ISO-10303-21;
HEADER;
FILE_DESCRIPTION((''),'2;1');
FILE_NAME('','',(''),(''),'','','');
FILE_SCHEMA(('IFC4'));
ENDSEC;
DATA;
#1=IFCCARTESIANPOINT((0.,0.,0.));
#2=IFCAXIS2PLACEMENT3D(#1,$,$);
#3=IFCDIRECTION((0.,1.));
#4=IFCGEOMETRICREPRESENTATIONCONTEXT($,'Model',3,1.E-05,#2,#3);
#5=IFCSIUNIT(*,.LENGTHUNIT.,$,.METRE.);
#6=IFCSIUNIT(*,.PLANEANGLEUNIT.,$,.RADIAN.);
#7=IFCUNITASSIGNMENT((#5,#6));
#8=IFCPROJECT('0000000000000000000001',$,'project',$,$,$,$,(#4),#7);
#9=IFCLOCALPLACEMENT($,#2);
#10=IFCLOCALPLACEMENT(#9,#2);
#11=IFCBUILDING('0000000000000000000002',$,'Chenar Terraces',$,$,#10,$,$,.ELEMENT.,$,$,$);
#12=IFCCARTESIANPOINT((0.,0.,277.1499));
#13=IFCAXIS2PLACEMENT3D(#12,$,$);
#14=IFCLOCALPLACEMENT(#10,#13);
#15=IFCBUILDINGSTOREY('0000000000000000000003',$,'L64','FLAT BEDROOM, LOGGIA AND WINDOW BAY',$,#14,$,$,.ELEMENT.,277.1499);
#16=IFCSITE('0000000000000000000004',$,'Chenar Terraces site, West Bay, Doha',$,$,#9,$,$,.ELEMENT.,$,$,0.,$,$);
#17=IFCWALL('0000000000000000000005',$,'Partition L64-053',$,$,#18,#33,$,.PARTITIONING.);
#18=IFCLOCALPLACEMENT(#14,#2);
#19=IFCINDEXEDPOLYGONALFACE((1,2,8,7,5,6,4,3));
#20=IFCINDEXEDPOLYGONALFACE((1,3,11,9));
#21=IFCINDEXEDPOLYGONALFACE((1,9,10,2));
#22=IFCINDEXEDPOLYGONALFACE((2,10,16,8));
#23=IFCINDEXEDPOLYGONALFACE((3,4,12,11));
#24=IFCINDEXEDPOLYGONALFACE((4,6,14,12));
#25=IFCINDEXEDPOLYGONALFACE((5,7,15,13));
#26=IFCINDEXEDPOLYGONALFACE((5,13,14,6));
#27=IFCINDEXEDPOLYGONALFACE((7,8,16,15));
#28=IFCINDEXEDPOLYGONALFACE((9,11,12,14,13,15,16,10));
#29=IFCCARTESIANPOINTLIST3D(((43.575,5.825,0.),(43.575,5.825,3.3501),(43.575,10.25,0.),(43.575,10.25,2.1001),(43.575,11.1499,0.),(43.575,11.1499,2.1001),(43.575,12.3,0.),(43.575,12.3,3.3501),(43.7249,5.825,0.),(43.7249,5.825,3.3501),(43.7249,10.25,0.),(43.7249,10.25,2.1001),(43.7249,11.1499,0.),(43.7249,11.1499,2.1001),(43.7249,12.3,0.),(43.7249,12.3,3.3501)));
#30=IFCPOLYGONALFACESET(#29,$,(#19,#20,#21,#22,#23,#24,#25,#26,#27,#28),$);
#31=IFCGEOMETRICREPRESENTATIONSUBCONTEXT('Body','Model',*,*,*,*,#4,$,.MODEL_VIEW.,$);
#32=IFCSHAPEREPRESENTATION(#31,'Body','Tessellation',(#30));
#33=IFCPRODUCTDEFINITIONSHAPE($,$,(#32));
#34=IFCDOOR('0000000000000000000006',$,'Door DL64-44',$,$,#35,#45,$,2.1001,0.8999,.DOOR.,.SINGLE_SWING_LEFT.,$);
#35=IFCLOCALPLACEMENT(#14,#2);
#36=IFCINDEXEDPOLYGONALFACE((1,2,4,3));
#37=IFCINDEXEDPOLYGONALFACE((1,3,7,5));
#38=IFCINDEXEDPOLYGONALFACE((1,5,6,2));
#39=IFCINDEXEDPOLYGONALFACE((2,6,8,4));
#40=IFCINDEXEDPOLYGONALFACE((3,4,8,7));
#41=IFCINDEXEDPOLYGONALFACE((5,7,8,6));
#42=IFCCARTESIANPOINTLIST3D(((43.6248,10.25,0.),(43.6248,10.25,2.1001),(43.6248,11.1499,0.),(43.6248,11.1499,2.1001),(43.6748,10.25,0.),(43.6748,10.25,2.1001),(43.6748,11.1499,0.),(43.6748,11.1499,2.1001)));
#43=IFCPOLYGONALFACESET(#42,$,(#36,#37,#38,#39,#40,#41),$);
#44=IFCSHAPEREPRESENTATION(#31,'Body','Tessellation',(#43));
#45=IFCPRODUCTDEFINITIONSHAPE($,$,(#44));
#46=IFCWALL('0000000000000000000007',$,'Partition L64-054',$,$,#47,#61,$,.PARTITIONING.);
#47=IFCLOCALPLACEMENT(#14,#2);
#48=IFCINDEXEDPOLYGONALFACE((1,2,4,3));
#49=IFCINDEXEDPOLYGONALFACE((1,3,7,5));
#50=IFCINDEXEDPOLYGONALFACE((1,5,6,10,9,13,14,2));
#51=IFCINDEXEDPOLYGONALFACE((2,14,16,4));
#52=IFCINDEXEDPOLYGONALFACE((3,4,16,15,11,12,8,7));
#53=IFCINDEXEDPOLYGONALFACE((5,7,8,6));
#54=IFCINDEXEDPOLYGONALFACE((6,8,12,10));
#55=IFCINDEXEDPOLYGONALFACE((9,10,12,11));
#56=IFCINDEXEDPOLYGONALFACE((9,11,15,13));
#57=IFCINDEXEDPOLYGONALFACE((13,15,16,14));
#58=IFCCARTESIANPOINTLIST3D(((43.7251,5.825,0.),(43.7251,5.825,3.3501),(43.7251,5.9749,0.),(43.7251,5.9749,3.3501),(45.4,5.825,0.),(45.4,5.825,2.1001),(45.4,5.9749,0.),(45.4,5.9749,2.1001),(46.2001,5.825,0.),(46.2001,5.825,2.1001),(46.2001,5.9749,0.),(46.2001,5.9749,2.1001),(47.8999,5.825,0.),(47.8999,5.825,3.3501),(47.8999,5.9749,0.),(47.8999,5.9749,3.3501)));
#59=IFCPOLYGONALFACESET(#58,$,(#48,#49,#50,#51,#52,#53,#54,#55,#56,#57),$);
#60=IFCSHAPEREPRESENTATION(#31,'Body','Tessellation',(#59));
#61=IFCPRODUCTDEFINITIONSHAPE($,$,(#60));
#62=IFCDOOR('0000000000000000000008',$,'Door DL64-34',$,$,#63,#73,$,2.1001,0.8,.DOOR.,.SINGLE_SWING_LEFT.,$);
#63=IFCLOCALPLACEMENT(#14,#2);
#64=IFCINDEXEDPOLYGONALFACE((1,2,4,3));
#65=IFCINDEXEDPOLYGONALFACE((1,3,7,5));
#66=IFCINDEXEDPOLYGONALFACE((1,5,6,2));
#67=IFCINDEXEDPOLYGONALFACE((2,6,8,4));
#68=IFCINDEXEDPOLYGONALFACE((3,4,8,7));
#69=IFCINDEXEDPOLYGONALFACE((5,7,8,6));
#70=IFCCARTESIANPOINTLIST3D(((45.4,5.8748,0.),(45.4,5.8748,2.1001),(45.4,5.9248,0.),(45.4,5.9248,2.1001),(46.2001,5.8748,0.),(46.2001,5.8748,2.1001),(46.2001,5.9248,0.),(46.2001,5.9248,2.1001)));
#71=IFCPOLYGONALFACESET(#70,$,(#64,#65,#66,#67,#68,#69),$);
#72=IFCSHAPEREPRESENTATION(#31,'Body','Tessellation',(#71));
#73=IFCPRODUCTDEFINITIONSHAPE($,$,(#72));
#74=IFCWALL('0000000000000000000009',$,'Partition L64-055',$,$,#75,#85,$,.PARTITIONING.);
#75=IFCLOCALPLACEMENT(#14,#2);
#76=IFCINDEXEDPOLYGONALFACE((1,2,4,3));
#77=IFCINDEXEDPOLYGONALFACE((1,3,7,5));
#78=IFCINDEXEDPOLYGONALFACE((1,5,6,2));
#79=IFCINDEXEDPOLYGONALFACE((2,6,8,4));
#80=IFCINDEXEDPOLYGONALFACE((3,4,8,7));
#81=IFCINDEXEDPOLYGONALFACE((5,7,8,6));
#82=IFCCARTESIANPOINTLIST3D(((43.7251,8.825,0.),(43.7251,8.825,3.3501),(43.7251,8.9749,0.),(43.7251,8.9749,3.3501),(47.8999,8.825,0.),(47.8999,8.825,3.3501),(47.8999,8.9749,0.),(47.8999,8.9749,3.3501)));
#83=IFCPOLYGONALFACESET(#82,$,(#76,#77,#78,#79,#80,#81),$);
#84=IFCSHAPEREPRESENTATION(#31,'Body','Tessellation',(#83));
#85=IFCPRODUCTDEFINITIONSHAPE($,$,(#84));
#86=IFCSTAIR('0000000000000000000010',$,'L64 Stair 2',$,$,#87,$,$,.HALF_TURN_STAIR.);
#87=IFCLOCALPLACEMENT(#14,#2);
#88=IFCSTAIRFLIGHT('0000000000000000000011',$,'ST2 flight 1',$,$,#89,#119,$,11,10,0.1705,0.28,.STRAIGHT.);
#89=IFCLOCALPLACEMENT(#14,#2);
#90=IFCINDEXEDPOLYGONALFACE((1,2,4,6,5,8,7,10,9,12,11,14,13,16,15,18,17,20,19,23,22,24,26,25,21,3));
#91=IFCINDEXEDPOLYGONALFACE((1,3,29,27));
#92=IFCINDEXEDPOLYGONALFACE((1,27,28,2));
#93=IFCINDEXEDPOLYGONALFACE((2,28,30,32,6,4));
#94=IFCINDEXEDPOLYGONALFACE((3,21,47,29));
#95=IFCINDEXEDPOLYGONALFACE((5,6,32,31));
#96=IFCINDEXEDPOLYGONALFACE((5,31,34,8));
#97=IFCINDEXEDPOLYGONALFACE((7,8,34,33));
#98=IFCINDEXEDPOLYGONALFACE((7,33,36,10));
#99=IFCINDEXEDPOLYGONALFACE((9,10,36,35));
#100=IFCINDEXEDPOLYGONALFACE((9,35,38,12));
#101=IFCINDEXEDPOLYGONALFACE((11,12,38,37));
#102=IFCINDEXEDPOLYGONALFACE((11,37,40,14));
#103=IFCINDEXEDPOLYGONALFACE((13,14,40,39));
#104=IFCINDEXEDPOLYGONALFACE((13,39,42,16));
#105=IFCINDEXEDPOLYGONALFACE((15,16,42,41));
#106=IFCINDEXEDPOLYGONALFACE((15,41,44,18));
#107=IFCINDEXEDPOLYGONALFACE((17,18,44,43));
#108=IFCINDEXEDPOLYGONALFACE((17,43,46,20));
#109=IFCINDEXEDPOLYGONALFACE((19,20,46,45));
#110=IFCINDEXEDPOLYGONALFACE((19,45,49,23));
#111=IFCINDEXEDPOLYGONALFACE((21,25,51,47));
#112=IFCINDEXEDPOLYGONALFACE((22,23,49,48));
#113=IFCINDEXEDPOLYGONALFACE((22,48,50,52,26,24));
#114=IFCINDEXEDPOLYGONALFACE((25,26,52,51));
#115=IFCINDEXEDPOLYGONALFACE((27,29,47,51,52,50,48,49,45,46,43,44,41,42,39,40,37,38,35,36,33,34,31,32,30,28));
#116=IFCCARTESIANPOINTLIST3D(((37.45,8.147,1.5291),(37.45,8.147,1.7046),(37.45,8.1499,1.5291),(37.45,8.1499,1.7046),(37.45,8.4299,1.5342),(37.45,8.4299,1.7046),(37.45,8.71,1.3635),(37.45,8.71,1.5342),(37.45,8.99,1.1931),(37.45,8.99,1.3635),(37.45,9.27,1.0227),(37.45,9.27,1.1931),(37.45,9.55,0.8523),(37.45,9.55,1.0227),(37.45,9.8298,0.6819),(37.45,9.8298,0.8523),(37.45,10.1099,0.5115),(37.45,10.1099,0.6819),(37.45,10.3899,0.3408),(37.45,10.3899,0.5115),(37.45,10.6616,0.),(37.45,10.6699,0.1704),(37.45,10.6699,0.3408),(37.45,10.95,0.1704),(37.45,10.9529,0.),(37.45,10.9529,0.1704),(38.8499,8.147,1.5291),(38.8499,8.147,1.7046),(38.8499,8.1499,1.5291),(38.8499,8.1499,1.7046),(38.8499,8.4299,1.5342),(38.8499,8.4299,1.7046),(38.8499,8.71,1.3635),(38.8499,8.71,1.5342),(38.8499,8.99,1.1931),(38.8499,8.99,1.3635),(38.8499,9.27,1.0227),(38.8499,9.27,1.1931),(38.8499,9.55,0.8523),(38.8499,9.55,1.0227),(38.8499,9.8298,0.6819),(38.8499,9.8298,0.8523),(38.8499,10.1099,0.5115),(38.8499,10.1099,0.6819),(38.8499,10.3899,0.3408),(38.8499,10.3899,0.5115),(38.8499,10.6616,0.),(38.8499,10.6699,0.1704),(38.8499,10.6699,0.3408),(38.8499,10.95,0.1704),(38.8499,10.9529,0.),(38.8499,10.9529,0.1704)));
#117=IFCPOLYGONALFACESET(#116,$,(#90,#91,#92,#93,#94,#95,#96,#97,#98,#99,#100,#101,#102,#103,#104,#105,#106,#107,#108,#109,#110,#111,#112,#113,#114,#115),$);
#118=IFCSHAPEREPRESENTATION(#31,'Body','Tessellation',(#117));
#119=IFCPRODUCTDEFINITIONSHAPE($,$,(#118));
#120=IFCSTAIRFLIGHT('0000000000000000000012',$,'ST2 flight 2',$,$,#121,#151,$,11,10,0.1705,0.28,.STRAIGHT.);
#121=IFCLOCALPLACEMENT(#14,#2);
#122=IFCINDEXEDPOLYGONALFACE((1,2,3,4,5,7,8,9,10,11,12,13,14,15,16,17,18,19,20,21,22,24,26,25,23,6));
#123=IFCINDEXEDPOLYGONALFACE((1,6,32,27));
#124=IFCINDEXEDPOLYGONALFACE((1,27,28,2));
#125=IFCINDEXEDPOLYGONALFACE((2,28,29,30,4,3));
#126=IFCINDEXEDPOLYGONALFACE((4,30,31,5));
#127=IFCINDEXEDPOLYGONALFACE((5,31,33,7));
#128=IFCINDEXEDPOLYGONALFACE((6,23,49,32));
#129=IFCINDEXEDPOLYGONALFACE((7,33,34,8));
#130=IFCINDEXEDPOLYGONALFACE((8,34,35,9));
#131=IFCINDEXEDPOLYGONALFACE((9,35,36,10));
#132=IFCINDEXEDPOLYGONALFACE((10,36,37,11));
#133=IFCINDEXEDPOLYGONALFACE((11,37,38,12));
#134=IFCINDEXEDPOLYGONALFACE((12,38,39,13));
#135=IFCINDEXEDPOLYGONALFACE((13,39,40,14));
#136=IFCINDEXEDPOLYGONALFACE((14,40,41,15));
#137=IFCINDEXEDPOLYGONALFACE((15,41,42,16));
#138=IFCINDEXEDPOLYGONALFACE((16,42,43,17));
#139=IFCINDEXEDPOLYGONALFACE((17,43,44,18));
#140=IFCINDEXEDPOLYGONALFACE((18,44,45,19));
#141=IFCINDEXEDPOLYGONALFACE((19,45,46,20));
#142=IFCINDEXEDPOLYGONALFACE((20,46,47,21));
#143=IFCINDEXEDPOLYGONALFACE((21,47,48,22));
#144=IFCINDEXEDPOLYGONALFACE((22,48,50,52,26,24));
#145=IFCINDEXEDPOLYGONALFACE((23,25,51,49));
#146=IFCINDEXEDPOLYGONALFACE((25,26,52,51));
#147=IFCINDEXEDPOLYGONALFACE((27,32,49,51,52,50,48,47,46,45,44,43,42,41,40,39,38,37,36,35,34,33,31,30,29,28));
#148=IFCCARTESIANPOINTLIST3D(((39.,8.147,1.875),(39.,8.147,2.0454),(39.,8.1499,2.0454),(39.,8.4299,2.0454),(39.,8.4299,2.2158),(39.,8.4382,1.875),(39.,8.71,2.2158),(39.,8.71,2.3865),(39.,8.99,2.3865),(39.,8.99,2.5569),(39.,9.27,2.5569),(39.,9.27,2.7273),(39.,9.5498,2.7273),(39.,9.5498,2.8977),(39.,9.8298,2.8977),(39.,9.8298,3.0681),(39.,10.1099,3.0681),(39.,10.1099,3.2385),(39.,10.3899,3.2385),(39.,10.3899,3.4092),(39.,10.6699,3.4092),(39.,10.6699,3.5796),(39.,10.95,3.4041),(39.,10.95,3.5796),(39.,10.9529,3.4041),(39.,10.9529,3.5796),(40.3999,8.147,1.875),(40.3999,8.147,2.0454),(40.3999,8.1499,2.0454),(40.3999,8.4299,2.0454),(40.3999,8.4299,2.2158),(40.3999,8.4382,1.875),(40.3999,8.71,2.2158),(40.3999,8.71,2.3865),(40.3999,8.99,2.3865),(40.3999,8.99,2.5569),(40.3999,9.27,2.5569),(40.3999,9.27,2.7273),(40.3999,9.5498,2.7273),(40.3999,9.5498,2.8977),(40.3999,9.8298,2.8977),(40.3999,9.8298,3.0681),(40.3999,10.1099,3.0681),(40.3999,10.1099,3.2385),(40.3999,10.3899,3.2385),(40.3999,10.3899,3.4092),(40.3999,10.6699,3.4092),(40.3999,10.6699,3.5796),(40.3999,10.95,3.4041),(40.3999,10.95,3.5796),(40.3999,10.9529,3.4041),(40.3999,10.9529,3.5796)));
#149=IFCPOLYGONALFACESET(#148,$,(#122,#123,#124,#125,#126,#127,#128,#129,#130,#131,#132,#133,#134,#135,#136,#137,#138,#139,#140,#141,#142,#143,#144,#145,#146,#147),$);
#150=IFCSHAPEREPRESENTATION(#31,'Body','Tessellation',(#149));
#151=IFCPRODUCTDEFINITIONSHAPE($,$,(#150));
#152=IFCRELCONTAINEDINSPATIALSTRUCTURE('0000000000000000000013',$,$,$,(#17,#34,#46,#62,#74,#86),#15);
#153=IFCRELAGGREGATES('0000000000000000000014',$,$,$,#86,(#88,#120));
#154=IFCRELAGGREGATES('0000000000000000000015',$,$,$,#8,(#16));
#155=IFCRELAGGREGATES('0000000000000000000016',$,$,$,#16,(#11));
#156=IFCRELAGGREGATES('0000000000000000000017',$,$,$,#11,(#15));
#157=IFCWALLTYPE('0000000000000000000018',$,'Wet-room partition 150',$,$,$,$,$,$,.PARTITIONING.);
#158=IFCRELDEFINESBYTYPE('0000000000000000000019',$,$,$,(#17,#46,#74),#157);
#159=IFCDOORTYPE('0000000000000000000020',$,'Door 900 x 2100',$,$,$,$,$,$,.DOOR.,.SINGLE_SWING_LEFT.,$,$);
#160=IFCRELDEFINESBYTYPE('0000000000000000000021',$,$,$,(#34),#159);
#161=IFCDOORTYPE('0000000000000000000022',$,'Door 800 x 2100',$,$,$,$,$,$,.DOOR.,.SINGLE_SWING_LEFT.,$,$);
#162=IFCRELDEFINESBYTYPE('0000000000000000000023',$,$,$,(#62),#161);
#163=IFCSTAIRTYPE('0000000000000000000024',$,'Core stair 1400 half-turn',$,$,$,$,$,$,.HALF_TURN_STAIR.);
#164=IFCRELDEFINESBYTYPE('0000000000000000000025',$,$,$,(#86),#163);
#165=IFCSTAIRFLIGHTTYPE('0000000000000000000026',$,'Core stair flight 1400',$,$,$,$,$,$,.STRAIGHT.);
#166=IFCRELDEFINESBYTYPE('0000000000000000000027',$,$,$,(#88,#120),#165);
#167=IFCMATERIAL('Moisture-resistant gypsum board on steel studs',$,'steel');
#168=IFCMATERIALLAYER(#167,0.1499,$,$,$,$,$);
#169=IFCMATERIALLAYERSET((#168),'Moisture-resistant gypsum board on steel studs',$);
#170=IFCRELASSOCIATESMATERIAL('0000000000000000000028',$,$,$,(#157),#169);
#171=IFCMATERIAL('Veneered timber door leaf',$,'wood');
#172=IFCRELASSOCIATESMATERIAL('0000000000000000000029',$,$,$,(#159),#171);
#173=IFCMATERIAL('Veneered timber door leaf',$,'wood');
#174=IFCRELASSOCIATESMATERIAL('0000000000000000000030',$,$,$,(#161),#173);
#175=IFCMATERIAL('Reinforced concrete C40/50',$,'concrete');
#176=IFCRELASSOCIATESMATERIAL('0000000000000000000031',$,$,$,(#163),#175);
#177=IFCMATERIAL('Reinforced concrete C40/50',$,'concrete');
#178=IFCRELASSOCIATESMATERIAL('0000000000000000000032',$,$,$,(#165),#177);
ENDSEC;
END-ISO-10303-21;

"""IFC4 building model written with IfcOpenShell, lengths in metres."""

from ifc_helpers import new_model, si_unit, direction, frame, frame_2d, origin, place, context, subcontext, project, spatial, polyline, rectangle, outline, extrude, material, layer, layer_set, type_object, element, fill, aggregate, save


model = new_model("IFC4")

# Units and contexts
model_context = context("Model", 3, precision=1e-05, world=origin(), true_north=direction((0.0, 1.0)))
body_context = subcontext(model_context, "Body", "Model", "MODEL_VIEW")
ifc_project = project(units=[si_unit("LENGTHUNIT", "METRE"), si_unit("PLANEANGLEUNIT", "RADIAN")], contexts=[model_context])

# Site, building, storey
site_placement = place(None, origin())
site = spatial("IfcSite", under=ifc_project, at=site_placement, Name="Chenar Terraces site, West Bay, Doha", CompositionType="ELEMENT", RefElevation=0.0)
building_placement = place(site_placement, origin())
building = spatial("IfcBuilding", under=site, at=building_placement, Name="Chenar Terraces", CompositionType="ELEMENT")
storey_placement = place(building_placement, frame((0.0, 0.0, 277.1499)))
storey = spatial("IfcBuildingStorey", under=building, at=storey_placement, Name="L64", Description="FLAT BEDROOM, LOGGIA AND WINDOW BAY", CompositionType="ELEMENT", Elevation=277.1499)

# Walls, openings, doors
ifc_material_1 = material(Name="Moisture-resistant gypsum board on steel studs", Category="steel")
ifc_layer_1 = layer(ifc_material_1, 0.1499)
ifc_layer_set_1 = layer_set([ifc_layer_1], Name="Moisture-resistant gypsum board on steel studs")
wall_type_1 = type_object("IfcWallType", Name="Wet-room partition 150", PredefinedType="PARTITIONING", material=ifc_layer_set_1)
wall_1_placement = place(storey_placement, frame((43.6499, 5.825, 0.0), z_axis=(0.0, 0.0, 1.0), x_axis=(0.0, 1.0, 0.0)))
wall_1 = element("IfcWall", 1, at=wall_1_placement, inside=storey, type_object=wall_type_1, Name="Partition L64-053", PredefinedType="PARTITIONING", context=body_context, shape_type="SweptSolid", body=[
    extrude(rectangle(XDim=6.4751, YDim=0.1499, at=frame_2d((3.2375, 0.0))), origin(), (0.0, 0.0, 1.0), 3.3501),
])
opening_1_placement = place(wall_1_placement, frame((4.425, 0.0, 0.0)))
opening_1 = element("IfcOpeningElement", 2, at=opening_1_placement, cuts=wall_1, PredefinedType="OPENING", context=body_context, shape_type="SweptSolid", body=[
    extrude(rectangle(XDim=0.8999, YDim=2.1001, at=frame_2d((0.45, 1.05))), frame((0.0, 0.085, 0.0), z_axis=(0.0, -1.0, 0.0), x_axis=(1.0, 0.0, 0.0)), (0.0, 0.0, 1.0), 0.1699),
])
ifc_material_2 = material(Name="Veneered timber door leaf", Category="wood")
door_type_1 = type_object("IfcDoorType", Name="Door 900 x 2100", OperationType="SINGLE_SWING_LEFT", PredefinedType="DOOR", material=ifc_material_2)
door_1_placement = place(opening_1_placement, frame((0.8999, 0.0, 0.0), z_axis=(0.0, 0.0, 1.0), x_axis=(-1.0, 0.0, 0.0)))
door_1 = element("IfcDoor", 3, at=door_1_placement, inside=storey, type_object=door_type_1, Name="Door DL64-44", OperationType="SINGLE_SWING_LEFT", OverallHeight=2.1001, OverallWidth=0.8999, PredefinedType="DOOR", context=body_context, shape_type="SweptSolid", body=[
    extrude(rectangle(XDim=0.8999, YDim=2.1001, at=frame_2d((0.45, 1.05))), frame((0.0, 0.0249, 0.0), z_axis=(0.0, -1.0, 0.0), x_axis=(1.0, 0.0, 0.0)), (0.0, 0.0, 1.0), 0.05),
])
fill(opening_1, door_1)
wall_2_placement = place(storey_placement, frame((43.7251, 5.8999, 0.0), z_axis=(0.0, 0.0, 1.0), x_axis=(1.0, 0.0, 0.0)))
wall_2 = element("IfcWall", 4, at=wall_2_placement, inside=storey, type_object=wall_type_1, Name="Partition L64-054", PredefinedType="PARTITIONING", context=body_context, shape_type="SweptSolid", body=[
    extrude(rectangle(XDim=4.1748, YDim=0.1499, at=frame_2d((2.0874, 0.0))), origin(), (0.0, 0.0, 1.0), 3.3501),
])
opening_2_placement = place(wall_2_placement, frame((1.675, 0.0, 0.0)))
opening_2 = element("IfcOpeningElement", 5, at=opening_2_placement, cuts=wall_2, PredefinedType="OPENING", context=body_context, shape_type="SweptSolid", body=[
    extrude(rectangle(XDim=0.8, YDim=2.1001, at=frame_2d((0.3999, 1.05))), frame((0.0, 0.085, 0.0), z_axis=(0.0, -1.0, 0.0), x_axis=(1.0, 0.0, 0.0)), (0.0, 0.0, 1.0), 0.1699),
])
ifc_material_3 = material(Name="Veneered timber door leaf", Category="wood")
door_type_2 = type_object("IfcDoorType", Name="Door 800 x 2100", OperationType="SINGLE_SWING_LEFT", PredefinedType="DOOR", material=ifc_material_3)
door_2_placement = place(opening_2_placement, origin())
door_2 = element("IfcDoor", 6, at=door_2_placement, inside=storey, type_object=door_type_2, Name="Door DL64-34", OperationType="SINGLE_SWING_LEFT", OverallHeight=2.1001, OverallWidth=0.8, PredefinedType="DOOR", context=body_context, shape_type="SweptSolid", body=[
    extrude(rectangle(XDim=0.8, YDim=2.1001, at=frame_2d((0.3999, 1.05))), frame((0.0, 0.0249, 0.0), z_axis=(0.0, -1.0, 0.0), x_axis=(1.0, 0.0, 0.0)), (0.0, 0.0, 1.0), 0.05),
])
fill(opening_2, door_2)

# Wall
wall_3_placement = place(storey_placement, frame((43.7251, 8.8999, 0.0), z_axis=(0.0, 0.0, 1.0), x_axis=(1.0, 0.0, 0.0)))
element("IfcWall", 7, at=wall_3_placement, inside=storey, type_object=wall_type_1, Name="Partition L64-055", PredefinedType="PARTITIONING", context=body_context, shape_type="SweptSolid", body=[
    extrude(rectangle(XDim=4.1748, YDim=0.1499, at=frame_2d((2.0874, 0.0))), origin(), (0.0, 0.0, 1.0), 3.3501),
])

# Stair, stair flights
ifc_material_4 = material(Name="Reinforced concrete C40/50", Category="concrete")
stair_type = type_object("IfcStairType", Name="Core stair 1400 half-turn", PredefinedType="HALF_TURN_STAIR", material=ifc_material_4)
stair_placement = place(storey_placement, origin())
stair = element("IfcStair", 8, at=stair_placement, inside=storey, type_object=stair_type, Name="L64 Stair 2", PredefinedType="HALF_TURN_STAIR")
ifc_material_5 = material(Name="Reinforced concrete C40/50", Category="concrete")
stair_flight_type = type_object("IfcStairFlightType", Name="Core stair flight 1400", PredefinedType="STRAIGHT", material=ifc_material_5)
stair_flight_1_placement = place(storey_placement, frame((38.1499, 10.95, 0.0), z_axis=(0.0, 0.0, 1.0), x_axis=(0.0, -1.0, 0.0)))
stair_flight_1 = element("IfcStairFlight", 9, at=stair_flight_1_placement, type_object=stair_flight_type, Name="ST2 flight 1", NumberOfRisers=11, NumberOfTreads=10, PredefinedType="STRAIGHT", RiserHeight=0.1705, TreadLength=0.28, context=body_context, shape_type="SweptSolid", body=[
    extrude(outline(polyline([(-0.0029, 0.0), (-0.0029, 0.1704), (0.0, 0.1704), (0.28, 0.1704), (0.28, 0.3408), (0.5601, 0.3408), (0.5601, 0.5115), (0.8401, 0.5115), (0.8401, 0.6819), (1.1201, 0.6819), (1.1201, 0.8523), (1.3999, 0.8523), (1.3999, 1.0227), (1.6799, 1.0227), (1.6799, 1.1931), (1.96, 1.1931), (1.96, 1.3635), (2.24, 1.3635), (2.24, 1.5342), (2.52, 1.5342), (2.52, 1.7046), (2.8, 1.7046), (2.803, 1.7046), (2.803, 1.5291), (2.8, 1.5291), (0.2883, 0.0), (-0.0029, 0.0)])), frame((0.0, 0.7, 0.0), z_axis=(0.0, -1.0, 0.0), x_axis=(1.0, 0.0, 0.0)), (0.0, 0.0, 1.0), 1.3999),
])
stair_flight_2_placement = place(storey_placement, frame((39.7, 8.1499, 1.875), z_axis=(0.0, 0.0, 1.0), x_axis=(0.0, 1.0, 0.0)))
stair_flight_2 = element("IfcStairFlight", 10, at=stair_flight_2_placement, type_object=stair_flight_type, Name="ST2 flight 2", NumberOfRisers=11, NumberOfTreads=10, PredefinedType="STRAIGHT", RiserHeight=0.1705, TreadLength=0.28, context=body_context, shape_type="SweptSolid", body=[
    extrude(outline(polyline([(-0.0029, 0.0), (-0.0029, 0.1704), (0.0, 0.1704), (0.28, 0.1704), (0.28, 0.3408), (0.5601, 0.3408), (0.5601, 0.5115), (0.8401, 0.5115), (0.8401, 0.6819), (1.1201, 0.6819), (1.1201, 0.8523), (1.3999, 0.8523), (1.3999, 1.0227), (1.6799, 1.0227), (1.6799, 1.1931), (1.96, 1.1931), (1.96, 1.3635), (2.24, 1.3635), (2.24, 1.5342), (2.52, 1.5342), (2.52, 1.7046), (2.8, 1.7046), (2.803, 1.7046), (2.803, 1.5291), (2.8, 1.5291), (0.2883, 0.0), (-0.0029, 0.0)])), frame((0.0, 0.7, 0.0), z_axis=(0.0, -1.0, 0.0), x_axis=(1.0, 0.0, 0.0)), (0.0, 0.0, 1.0), 1.3999),
])
aggregate(stair, [stair_flight_1, stair_flight_2])

save(model, "model.ifc")
